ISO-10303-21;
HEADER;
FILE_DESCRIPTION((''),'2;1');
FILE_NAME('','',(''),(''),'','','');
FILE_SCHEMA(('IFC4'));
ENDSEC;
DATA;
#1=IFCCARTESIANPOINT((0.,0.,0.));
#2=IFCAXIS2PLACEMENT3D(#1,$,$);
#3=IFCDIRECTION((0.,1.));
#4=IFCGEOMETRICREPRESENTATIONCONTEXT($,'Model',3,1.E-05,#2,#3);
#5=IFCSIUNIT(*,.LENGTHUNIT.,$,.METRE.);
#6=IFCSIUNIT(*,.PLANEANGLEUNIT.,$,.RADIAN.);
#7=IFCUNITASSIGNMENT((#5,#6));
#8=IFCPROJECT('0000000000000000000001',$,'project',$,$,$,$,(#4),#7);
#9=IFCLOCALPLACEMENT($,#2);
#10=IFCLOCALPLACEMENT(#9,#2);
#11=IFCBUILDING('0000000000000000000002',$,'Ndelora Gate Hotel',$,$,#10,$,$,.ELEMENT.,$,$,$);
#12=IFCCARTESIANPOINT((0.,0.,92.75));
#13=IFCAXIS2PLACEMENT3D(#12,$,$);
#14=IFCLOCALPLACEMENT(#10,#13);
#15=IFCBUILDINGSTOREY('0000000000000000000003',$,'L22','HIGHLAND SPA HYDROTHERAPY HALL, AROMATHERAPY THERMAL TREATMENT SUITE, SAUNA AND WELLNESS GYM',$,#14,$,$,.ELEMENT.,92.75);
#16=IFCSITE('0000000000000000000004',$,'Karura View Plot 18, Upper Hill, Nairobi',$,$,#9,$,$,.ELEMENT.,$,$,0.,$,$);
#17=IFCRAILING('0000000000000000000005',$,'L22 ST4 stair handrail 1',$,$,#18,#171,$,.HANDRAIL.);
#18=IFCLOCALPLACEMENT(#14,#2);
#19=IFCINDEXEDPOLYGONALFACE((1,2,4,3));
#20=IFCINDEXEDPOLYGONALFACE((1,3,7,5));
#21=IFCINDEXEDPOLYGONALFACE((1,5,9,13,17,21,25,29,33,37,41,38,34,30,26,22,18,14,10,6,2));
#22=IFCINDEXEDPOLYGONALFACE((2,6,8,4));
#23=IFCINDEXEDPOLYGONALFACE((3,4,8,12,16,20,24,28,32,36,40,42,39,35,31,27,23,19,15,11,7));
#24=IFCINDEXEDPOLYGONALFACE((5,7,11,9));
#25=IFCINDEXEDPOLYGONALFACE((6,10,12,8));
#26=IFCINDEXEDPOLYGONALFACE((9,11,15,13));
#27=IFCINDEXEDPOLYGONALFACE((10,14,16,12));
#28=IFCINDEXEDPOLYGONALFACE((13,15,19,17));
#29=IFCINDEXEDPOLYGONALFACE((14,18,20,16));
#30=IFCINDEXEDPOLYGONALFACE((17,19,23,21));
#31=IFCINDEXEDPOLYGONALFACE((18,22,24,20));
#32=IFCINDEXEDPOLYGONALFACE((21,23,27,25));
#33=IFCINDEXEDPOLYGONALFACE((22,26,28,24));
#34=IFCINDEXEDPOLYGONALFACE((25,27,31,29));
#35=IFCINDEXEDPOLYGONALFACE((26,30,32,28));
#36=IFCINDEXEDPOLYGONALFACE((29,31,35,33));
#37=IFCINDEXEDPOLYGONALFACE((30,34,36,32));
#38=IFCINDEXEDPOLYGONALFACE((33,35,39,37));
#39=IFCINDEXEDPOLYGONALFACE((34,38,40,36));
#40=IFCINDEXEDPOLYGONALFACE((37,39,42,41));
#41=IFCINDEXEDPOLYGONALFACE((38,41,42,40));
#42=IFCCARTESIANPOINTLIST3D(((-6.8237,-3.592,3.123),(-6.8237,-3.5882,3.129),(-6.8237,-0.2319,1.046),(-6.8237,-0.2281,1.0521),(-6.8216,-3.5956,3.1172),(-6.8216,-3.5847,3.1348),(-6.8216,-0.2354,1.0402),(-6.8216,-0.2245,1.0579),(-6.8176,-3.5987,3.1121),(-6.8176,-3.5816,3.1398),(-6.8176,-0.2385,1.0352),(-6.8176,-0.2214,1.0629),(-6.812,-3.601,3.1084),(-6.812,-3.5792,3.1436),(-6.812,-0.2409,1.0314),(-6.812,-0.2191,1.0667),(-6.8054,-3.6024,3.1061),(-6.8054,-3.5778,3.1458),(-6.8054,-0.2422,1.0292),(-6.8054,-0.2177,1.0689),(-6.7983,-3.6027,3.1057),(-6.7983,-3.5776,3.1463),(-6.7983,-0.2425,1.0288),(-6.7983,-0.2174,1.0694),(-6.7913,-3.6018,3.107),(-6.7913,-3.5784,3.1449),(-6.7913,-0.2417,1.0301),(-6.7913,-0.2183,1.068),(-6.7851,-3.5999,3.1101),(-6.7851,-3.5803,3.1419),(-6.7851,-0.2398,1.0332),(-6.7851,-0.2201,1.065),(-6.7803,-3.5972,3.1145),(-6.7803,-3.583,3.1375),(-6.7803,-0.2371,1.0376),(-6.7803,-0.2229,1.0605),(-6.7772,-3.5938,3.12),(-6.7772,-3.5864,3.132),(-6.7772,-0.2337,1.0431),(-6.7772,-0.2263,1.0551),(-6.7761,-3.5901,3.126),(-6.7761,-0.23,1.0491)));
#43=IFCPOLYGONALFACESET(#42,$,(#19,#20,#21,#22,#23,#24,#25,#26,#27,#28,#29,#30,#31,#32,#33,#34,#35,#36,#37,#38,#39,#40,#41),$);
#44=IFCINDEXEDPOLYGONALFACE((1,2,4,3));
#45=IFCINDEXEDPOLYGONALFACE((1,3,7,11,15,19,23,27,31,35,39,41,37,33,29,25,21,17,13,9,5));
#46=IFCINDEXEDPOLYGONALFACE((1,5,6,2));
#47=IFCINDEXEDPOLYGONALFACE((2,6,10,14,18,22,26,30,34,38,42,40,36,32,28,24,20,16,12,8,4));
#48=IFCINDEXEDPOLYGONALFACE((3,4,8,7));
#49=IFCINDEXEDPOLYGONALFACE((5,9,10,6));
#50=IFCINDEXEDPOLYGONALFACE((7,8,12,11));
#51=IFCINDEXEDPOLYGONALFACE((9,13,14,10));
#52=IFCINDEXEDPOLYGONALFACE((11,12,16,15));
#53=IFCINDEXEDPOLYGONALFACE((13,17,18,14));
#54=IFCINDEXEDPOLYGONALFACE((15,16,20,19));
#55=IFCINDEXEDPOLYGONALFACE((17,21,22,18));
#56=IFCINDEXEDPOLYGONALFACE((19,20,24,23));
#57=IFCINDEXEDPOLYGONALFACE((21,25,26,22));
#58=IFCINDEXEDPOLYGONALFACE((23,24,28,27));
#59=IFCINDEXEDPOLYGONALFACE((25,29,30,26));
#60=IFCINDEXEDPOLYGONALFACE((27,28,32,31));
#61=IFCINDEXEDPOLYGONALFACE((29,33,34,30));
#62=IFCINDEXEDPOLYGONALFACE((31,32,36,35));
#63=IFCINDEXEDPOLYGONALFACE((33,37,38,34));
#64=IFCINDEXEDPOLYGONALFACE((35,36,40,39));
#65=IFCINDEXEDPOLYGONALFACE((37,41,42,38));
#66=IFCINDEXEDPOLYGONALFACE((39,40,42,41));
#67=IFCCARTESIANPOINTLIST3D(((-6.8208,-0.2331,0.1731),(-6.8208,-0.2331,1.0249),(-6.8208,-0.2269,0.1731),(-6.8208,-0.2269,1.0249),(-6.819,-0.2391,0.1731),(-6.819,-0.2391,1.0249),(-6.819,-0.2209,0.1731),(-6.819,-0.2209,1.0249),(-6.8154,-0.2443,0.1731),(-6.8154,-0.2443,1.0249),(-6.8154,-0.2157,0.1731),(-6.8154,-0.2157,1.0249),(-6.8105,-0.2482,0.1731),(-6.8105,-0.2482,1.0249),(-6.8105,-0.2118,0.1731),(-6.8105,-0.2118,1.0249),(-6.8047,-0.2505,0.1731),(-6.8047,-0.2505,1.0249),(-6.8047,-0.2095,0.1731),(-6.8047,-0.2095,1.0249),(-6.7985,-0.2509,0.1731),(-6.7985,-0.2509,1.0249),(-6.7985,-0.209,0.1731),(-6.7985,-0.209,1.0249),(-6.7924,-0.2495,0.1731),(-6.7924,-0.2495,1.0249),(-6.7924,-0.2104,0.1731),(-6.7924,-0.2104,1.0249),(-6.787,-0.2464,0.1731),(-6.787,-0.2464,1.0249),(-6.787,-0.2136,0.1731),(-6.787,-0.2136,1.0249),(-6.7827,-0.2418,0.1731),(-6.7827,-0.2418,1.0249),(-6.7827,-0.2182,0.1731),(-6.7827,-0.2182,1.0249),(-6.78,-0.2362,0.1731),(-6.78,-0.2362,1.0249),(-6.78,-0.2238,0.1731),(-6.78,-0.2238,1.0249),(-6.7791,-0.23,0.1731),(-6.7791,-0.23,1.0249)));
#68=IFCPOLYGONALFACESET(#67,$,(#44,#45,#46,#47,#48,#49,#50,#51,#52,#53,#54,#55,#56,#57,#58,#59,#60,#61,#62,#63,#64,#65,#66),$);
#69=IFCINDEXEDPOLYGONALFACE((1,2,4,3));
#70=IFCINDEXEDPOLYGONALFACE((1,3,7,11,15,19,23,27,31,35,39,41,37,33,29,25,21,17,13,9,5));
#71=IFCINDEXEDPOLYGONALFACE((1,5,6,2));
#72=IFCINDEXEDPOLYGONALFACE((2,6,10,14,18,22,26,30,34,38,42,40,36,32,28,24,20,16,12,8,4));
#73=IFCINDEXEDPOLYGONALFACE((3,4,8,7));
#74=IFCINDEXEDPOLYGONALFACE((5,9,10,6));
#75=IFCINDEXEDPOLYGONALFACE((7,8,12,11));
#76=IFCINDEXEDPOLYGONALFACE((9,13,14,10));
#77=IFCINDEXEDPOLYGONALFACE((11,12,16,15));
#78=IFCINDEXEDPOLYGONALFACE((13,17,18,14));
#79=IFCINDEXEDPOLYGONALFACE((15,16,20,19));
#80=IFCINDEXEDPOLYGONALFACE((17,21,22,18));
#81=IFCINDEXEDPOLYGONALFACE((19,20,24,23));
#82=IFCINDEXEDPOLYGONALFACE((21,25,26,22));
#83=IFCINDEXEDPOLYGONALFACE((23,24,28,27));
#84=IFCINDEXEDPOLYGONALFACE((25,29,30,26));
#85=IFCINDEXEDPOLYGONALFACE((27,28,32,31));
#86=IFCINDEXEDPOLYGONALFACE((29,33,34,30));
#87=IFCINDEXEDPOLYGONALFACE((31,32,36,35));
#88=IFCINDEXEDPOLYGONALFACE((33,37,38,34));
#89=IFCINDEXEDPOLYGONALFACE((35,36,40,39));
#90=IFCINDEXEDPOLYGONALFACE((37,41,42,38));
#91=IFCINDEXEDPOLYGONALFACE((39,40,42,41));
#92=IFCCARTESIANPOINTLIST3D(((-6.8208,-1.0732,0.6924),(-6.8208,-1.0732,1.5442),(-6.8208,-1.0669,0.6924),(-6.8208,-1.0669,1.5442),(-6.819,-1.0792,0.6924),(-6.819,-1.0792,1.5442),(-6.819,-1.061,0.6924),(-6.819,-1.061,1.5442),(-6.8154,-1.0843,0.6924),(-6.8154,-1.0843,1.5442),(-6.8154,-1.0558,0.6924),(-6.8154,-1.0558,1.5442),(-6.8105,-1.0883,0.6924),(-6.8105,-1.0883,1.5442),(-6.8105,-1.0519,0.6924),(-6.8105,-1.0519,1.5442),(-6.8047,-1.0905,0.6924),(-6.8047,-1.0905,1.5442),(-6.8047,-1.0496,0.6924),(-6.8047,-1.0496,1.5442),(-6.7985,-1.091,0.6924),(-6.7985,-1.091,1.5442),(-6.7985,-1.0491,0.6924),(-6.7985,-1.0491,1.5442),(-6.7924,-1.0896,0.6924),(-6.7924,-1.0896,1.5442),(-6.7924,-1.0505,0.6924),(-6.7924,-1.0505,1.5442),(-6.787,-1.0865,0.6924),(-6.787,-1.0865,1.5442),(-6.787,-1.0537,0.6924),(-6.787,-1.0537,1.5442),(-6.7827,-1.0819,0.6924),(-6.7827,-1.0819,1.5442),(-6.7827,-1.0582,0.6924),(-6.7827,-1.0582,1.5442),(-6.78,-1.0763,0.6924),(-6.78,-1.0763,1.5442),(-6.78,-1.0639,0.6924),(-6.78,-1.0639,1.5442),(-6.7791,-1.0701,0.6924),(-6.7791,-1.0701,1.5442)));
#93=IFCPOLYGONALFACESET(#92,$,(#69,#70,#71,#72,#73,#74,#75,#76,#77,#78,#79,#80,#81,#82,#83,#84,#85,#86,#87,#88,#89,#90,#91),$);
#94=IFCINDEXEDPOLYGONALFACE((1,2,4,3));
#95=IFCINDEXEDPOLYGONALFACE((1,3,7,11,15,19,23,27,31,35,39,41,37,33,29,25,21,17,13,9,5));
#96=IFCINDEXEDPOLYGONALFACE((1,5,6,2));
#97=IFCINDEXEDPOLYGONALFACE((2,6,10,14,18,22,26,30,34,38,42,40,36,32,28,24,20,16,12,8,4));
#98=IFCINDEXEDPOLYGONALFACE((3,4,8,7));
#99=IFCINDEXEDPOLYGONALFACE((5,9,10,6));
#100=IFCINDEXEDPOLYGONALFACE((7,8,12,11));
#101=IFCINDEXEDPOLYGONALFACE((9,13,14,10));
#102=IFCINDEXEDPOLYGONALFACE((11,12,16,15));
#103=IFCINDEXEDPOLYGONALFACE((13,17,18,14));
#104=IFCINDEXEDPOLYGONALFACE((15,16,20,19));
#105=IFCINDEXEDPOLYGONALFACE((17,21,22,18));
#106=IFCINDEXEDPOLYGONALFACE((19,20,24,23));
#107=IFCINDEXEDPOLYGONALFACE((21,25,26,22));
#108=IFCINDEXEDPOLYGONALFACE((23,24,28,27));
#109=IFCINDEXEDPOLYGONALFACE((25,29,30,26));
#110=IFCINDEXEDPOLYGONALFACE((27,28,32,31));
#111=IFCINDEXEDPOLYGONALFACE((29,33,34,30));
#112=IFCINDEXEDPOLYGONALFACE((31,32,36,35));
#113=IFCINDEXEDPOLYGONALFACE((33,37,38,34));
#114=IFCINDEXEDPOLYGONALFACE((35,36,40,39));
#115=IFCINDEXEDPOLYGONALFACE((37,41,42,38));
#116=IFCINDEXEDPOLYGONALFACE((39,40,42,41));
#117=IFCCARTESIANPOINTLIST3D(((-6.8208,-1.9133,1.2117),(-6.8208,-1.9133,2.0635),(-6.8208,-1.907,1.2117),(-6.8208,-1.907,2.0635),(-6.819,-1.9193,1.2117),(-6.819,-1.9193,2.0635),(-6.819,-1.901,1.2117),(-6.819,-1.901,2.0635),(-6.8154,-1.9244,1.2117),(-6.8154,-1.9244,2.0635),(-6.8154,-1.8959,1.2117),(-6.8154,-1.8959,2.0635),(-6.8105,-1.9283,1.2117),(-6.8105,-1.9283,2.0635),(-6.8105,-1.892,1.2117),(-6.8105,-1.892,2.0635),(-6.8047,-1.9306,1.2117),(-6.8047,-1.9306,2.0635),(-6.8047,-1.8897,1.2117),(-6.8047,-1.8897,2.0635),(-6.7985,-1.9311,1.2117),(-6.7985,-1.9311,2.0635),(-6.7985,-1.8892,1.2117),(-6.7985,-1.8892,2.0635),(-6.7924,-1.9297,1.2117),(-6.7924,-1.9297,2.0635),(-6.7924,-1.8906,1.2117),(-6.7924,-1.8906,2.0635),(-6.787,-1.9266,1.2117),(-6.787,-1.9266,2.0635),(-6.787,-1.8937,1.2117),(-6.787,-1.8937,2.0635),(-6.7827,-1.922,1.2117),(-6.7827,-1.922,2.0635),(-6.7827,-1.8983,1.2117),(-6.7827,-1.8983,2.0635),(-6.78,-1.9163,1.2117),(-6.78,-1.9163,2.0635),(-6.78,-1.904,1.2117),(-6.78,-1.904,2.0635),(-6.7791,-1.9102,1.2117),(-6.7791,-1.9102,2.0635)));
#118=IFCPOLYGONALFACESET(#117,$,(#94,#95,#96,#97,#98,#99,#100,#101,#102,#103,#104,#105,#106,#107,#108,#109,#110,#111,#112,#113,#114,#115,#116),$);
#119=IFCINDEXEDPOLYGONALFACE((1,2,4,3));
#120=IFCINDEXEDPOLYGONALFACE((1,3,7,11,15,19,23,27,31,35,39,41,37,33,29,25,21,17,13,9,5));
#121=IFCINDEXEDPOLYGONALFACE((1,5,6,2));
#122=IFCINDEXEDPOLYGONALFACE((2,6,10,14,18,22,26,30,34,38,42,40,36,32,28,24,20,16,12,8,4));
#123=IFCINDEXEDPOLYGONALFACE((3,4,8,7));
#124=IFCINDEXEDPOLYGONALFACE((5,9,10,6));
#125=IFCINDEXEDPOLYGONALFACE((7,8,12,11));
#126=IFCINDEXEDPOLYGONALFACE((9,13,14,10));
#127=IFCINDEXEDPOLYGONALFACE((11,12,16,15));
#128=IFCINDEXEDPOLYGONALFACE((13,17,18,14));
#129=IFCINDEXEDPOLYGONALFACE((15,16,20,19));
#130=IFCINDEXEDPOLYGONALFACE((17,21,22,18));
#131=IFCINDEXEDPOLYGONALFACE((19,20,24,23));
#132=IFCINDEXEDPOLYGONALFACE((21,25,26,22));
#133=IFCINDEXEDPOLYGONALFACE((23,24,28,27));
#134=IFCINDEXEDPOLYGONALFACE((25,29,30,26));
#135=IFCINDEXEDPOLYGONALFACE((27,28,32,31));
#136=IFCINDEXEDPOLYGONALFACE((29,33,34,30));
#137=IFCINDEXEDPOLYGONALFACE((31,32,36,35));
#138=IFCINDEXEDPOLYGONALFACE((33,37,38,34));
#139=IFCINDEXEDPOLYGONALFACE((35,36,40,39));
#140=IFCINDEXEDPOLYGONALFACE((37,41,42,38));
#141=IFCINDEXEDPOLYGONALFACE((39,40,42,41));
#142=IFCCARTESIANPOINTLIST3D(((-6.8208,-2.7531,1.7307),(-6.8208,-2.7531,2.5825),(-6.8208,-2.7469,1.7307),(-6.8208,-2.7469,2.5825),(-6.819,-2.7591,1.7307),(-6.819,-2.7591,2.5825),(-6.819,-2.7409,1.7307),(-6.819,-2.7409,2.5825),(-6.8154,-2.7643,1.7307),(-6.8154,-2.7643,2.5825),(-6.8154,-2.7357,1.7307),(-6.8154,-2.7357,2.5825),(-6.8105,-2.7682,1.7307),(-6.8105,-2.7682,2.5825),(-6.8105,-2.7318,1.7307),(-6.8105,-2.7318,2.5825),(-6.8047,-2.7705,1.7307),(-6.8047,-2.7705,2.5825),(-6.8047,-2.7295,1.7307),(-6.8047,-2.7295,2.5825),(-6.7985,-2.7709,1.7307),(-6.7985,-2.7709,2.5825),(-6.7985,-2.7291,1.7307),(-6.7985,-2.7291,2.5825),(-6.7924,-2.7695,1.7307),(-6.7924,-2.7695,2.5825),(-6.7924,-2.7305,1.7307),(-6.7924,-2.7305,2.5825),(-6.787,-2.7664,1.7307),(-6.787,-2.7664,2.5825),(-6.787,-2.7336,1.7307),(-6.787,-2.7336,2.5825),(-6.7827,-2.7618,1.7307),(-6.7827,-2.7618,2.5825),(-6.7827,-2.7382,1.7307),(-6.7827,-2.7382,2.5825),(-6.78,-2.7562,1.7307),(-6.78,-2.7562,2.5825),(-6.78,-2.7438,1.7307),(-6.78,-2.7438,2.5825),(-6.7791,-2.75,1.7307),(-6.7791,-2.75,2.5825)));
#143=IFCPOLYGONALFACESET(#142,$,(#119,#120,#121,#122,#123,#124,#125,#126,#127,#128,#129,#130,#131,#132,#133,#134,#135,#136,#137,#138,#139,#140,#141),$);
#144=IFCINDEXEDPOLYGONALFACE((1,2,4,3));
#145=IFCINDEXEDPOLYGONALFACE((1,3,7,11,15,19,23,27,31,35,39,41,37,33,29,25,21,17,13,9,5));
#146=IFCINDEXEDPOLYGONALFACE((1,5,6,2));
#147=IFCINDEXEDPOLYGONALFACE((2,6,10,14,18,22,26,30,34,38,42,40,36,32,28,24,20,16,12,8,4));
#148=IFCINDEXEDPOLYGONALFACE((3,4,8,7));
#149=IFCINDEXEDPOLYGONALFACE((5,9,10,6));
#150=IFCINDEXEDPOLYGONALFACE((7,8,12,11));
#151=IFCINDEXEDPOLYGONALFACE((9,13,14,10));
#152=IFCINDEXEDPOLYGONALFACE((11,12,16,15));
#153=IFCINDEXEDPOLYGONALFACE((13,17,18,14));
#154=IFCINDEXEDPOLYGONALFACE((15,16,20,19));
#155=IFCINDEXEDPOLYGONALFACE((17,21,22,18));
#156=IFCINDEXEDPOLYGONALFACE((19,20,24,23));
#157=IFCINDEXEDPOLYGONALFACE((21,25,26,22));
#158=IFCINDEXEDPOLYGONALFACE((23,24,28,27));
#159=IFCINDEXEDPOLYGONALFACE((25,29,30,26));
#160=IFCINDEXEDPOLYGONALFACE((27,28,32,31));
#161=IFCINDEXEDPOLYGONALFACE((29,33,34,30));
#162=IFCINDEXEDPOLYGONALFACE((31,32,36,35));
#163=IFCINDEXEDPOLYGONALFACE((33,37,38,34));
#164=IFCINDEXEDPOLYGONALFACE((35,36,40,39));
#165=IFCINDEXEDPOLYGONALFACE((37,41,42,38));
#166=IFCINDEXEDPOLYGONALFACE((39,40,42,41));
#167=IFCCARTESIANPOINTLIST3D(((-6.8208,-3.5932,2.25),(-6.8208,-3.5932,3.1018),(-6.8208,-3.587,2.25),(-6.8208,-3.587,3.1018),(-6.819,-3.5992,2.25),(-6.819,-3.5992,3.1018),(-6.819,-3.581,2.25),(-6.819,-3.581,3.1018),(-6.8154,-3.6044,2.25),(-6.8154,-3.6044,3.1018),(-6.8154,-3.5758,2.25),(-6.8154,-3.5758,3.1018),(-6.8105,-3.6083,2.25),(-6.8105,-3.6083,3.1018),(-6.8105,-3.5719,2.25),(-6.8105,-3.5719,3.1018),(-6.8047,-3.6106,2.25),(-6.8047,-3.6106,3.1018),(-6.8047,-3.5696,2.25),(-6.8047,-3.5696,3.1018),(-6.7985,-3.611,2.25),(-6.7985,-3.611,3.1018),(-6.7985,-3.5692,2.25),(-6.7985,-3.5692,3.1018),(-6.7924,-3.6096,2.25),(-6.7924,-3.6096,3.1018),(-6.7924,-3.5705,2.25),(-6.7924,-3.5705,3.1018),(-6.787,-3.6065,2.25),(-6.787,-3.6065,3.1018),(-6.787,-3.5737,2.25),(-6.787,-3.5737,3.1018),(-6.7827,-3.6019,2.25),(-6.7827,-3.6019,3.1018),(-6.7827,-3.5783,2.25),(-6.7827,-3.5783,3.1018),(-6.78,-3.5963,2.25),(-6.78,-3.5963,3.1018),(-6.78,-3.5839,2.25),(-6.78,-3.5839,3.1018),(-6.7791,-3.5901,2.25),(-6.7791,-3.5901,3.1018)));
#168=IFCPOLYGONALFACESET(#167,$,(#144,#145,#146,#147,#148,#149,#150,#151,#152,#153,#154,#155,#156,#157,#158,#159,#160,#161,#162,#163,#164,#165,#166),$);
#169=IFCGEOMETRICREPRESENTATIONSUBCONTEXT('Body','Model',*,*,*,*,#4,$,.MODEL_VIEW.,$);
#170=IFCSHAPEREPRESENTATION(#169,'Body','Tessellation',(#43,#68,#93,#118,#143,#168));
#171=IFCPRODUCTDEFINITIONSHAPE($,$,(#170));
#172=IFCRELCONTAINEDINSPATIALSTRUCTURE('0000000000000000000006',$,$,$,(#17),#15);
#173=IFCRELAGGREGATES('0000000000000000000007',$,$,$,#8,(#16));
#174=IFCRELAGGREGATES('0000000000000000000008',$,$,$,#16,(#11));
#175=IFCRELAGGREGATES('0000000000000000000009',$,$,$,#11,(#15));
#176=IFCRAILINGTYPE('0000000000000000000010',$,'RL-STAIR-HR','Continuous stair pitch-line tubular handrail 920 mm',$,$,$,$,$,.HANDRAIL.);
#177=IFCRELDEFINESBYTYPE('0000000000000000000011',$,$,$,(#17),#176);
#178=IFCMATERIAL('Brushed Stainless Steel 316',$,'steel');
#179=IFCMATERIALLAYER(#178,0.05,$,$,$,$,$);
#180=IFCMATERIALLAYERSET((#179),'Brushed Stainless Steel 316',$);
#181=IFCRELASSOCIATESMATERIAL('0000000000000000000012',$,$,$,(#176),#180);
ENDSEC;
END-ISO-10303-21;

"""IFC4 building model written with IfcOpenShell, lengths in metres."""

from ifc_helpers import new_model, si_unit, direction, frame, origin, origin_2d, place, context, subcontext, project, spatial, circle, extrude, material, layer, layer_set, type_object, element, save


model = new_model("IFC4")

# Units and contexts
model_context = context("Model", 3, precision=1e-05, world=origin(), true_north=direction((0.0, 1.0)))
body_context = subcontext(model_context, "Body", "Model", "MODEL_VIEW")
ifc_project = project(units=[si_unit("LENGTHUNIT", "METRE"), si_unit("PLANEANGLEUNIT", "RADIAN")], contexts=[model_context])

# Site, building, storey
site_placement = place(None, origin())
site = spatial("IfcSite", under=ifc_project, at=site_placement, Name="Karura View Plot 18, Upper Hill, Nairobi", CompositionType="ELEMENT", RefElevation=0.0)
building_placement = place(site_placement, origin())
building = spatial("IfcBuilding", under=site, at=building_placement, Name="Ndelora Gate Hotel", CompositionType="ELEMENT")
storey_placement = place(building_placement, frame((0.0, 0.0, 92.75)))
storey = spatial("IfcBuildingStorey", under=building, at=storey_placement, Name="L22", Description="HIGHLAND SPA HYDROTHERAPY HALL, AROMATHERAPY THERMAL TREATMENT SUITE, SAUNA AND WELLNESS GYM", CompositionType="ELEMENT", Elevation=92.75)

# Railing
ifc_material_1 = material(Name="Brushed Stainless Steel 316", Category="steel")
ifc_layer_1 = layer(ifc_material_1, 0.05)
ifc_layer_set_1 = layer_set([ifc_layer_1], Name="Brushed Stainless Steel 316")
railing_type_1 = type_object("IfcRailingType", Name="RL-STAIR-HR", Description="Continuous stair pitch-line tubular handrail 920 mm", PredefinedType="HANDRAIL", material=ifc_layer_set_1)
railing_1_placement = place(storey_placement, frame((-6.8, -0.23, 0.1731)))
element("IfcRailing", 1, at=railing_1_placement, inside=storey, type_object=railing_type_1, Name="L22 ST4 stair handrail 1", PredefinedType="HANDRAIL", context=body_context, shape_type="SweptSolid", body=[
    extrude(circle(Radius=0.0239, at=origin_2d()), frame((0.0, 0.0, 0.876), z_axis=(0.0, -0.850623, 0.525776), x_axis=(1.0, 0.0, 0.0)), (0.0, 0.0, 1.0), 3.9502),
    extrude(circle(Radius=0.021, at=origin_2d()), origin(), (0.0, 0.0, 1.0), 0.8518),
    extrude(circle(Radius=0.021, at=origin_2d()), frame((0.0, -0.8401, 0.5193)), (0.0, 0.0, 1.0), 0.8518),
    extrude(circle(Radius=0.021, at=origin_2d()), frame((0.0, -1.6802, 1.0386)), (0.0, 0.0, 1.0), 0.8518),
    extrude(circle(Radius=0.021, at=origin_2d()), frame((0.0, -2.52, 1.5576)), (0.0, 0.0, 1.0), 0.8518),
    extrude(circle(Radius=0.021, at=origin_2d()), frame((0.0, -3.3601, 2.0769)), (0.0, 0.0, 1.0), 0.8518),
])

save(model, "model.ifc")
